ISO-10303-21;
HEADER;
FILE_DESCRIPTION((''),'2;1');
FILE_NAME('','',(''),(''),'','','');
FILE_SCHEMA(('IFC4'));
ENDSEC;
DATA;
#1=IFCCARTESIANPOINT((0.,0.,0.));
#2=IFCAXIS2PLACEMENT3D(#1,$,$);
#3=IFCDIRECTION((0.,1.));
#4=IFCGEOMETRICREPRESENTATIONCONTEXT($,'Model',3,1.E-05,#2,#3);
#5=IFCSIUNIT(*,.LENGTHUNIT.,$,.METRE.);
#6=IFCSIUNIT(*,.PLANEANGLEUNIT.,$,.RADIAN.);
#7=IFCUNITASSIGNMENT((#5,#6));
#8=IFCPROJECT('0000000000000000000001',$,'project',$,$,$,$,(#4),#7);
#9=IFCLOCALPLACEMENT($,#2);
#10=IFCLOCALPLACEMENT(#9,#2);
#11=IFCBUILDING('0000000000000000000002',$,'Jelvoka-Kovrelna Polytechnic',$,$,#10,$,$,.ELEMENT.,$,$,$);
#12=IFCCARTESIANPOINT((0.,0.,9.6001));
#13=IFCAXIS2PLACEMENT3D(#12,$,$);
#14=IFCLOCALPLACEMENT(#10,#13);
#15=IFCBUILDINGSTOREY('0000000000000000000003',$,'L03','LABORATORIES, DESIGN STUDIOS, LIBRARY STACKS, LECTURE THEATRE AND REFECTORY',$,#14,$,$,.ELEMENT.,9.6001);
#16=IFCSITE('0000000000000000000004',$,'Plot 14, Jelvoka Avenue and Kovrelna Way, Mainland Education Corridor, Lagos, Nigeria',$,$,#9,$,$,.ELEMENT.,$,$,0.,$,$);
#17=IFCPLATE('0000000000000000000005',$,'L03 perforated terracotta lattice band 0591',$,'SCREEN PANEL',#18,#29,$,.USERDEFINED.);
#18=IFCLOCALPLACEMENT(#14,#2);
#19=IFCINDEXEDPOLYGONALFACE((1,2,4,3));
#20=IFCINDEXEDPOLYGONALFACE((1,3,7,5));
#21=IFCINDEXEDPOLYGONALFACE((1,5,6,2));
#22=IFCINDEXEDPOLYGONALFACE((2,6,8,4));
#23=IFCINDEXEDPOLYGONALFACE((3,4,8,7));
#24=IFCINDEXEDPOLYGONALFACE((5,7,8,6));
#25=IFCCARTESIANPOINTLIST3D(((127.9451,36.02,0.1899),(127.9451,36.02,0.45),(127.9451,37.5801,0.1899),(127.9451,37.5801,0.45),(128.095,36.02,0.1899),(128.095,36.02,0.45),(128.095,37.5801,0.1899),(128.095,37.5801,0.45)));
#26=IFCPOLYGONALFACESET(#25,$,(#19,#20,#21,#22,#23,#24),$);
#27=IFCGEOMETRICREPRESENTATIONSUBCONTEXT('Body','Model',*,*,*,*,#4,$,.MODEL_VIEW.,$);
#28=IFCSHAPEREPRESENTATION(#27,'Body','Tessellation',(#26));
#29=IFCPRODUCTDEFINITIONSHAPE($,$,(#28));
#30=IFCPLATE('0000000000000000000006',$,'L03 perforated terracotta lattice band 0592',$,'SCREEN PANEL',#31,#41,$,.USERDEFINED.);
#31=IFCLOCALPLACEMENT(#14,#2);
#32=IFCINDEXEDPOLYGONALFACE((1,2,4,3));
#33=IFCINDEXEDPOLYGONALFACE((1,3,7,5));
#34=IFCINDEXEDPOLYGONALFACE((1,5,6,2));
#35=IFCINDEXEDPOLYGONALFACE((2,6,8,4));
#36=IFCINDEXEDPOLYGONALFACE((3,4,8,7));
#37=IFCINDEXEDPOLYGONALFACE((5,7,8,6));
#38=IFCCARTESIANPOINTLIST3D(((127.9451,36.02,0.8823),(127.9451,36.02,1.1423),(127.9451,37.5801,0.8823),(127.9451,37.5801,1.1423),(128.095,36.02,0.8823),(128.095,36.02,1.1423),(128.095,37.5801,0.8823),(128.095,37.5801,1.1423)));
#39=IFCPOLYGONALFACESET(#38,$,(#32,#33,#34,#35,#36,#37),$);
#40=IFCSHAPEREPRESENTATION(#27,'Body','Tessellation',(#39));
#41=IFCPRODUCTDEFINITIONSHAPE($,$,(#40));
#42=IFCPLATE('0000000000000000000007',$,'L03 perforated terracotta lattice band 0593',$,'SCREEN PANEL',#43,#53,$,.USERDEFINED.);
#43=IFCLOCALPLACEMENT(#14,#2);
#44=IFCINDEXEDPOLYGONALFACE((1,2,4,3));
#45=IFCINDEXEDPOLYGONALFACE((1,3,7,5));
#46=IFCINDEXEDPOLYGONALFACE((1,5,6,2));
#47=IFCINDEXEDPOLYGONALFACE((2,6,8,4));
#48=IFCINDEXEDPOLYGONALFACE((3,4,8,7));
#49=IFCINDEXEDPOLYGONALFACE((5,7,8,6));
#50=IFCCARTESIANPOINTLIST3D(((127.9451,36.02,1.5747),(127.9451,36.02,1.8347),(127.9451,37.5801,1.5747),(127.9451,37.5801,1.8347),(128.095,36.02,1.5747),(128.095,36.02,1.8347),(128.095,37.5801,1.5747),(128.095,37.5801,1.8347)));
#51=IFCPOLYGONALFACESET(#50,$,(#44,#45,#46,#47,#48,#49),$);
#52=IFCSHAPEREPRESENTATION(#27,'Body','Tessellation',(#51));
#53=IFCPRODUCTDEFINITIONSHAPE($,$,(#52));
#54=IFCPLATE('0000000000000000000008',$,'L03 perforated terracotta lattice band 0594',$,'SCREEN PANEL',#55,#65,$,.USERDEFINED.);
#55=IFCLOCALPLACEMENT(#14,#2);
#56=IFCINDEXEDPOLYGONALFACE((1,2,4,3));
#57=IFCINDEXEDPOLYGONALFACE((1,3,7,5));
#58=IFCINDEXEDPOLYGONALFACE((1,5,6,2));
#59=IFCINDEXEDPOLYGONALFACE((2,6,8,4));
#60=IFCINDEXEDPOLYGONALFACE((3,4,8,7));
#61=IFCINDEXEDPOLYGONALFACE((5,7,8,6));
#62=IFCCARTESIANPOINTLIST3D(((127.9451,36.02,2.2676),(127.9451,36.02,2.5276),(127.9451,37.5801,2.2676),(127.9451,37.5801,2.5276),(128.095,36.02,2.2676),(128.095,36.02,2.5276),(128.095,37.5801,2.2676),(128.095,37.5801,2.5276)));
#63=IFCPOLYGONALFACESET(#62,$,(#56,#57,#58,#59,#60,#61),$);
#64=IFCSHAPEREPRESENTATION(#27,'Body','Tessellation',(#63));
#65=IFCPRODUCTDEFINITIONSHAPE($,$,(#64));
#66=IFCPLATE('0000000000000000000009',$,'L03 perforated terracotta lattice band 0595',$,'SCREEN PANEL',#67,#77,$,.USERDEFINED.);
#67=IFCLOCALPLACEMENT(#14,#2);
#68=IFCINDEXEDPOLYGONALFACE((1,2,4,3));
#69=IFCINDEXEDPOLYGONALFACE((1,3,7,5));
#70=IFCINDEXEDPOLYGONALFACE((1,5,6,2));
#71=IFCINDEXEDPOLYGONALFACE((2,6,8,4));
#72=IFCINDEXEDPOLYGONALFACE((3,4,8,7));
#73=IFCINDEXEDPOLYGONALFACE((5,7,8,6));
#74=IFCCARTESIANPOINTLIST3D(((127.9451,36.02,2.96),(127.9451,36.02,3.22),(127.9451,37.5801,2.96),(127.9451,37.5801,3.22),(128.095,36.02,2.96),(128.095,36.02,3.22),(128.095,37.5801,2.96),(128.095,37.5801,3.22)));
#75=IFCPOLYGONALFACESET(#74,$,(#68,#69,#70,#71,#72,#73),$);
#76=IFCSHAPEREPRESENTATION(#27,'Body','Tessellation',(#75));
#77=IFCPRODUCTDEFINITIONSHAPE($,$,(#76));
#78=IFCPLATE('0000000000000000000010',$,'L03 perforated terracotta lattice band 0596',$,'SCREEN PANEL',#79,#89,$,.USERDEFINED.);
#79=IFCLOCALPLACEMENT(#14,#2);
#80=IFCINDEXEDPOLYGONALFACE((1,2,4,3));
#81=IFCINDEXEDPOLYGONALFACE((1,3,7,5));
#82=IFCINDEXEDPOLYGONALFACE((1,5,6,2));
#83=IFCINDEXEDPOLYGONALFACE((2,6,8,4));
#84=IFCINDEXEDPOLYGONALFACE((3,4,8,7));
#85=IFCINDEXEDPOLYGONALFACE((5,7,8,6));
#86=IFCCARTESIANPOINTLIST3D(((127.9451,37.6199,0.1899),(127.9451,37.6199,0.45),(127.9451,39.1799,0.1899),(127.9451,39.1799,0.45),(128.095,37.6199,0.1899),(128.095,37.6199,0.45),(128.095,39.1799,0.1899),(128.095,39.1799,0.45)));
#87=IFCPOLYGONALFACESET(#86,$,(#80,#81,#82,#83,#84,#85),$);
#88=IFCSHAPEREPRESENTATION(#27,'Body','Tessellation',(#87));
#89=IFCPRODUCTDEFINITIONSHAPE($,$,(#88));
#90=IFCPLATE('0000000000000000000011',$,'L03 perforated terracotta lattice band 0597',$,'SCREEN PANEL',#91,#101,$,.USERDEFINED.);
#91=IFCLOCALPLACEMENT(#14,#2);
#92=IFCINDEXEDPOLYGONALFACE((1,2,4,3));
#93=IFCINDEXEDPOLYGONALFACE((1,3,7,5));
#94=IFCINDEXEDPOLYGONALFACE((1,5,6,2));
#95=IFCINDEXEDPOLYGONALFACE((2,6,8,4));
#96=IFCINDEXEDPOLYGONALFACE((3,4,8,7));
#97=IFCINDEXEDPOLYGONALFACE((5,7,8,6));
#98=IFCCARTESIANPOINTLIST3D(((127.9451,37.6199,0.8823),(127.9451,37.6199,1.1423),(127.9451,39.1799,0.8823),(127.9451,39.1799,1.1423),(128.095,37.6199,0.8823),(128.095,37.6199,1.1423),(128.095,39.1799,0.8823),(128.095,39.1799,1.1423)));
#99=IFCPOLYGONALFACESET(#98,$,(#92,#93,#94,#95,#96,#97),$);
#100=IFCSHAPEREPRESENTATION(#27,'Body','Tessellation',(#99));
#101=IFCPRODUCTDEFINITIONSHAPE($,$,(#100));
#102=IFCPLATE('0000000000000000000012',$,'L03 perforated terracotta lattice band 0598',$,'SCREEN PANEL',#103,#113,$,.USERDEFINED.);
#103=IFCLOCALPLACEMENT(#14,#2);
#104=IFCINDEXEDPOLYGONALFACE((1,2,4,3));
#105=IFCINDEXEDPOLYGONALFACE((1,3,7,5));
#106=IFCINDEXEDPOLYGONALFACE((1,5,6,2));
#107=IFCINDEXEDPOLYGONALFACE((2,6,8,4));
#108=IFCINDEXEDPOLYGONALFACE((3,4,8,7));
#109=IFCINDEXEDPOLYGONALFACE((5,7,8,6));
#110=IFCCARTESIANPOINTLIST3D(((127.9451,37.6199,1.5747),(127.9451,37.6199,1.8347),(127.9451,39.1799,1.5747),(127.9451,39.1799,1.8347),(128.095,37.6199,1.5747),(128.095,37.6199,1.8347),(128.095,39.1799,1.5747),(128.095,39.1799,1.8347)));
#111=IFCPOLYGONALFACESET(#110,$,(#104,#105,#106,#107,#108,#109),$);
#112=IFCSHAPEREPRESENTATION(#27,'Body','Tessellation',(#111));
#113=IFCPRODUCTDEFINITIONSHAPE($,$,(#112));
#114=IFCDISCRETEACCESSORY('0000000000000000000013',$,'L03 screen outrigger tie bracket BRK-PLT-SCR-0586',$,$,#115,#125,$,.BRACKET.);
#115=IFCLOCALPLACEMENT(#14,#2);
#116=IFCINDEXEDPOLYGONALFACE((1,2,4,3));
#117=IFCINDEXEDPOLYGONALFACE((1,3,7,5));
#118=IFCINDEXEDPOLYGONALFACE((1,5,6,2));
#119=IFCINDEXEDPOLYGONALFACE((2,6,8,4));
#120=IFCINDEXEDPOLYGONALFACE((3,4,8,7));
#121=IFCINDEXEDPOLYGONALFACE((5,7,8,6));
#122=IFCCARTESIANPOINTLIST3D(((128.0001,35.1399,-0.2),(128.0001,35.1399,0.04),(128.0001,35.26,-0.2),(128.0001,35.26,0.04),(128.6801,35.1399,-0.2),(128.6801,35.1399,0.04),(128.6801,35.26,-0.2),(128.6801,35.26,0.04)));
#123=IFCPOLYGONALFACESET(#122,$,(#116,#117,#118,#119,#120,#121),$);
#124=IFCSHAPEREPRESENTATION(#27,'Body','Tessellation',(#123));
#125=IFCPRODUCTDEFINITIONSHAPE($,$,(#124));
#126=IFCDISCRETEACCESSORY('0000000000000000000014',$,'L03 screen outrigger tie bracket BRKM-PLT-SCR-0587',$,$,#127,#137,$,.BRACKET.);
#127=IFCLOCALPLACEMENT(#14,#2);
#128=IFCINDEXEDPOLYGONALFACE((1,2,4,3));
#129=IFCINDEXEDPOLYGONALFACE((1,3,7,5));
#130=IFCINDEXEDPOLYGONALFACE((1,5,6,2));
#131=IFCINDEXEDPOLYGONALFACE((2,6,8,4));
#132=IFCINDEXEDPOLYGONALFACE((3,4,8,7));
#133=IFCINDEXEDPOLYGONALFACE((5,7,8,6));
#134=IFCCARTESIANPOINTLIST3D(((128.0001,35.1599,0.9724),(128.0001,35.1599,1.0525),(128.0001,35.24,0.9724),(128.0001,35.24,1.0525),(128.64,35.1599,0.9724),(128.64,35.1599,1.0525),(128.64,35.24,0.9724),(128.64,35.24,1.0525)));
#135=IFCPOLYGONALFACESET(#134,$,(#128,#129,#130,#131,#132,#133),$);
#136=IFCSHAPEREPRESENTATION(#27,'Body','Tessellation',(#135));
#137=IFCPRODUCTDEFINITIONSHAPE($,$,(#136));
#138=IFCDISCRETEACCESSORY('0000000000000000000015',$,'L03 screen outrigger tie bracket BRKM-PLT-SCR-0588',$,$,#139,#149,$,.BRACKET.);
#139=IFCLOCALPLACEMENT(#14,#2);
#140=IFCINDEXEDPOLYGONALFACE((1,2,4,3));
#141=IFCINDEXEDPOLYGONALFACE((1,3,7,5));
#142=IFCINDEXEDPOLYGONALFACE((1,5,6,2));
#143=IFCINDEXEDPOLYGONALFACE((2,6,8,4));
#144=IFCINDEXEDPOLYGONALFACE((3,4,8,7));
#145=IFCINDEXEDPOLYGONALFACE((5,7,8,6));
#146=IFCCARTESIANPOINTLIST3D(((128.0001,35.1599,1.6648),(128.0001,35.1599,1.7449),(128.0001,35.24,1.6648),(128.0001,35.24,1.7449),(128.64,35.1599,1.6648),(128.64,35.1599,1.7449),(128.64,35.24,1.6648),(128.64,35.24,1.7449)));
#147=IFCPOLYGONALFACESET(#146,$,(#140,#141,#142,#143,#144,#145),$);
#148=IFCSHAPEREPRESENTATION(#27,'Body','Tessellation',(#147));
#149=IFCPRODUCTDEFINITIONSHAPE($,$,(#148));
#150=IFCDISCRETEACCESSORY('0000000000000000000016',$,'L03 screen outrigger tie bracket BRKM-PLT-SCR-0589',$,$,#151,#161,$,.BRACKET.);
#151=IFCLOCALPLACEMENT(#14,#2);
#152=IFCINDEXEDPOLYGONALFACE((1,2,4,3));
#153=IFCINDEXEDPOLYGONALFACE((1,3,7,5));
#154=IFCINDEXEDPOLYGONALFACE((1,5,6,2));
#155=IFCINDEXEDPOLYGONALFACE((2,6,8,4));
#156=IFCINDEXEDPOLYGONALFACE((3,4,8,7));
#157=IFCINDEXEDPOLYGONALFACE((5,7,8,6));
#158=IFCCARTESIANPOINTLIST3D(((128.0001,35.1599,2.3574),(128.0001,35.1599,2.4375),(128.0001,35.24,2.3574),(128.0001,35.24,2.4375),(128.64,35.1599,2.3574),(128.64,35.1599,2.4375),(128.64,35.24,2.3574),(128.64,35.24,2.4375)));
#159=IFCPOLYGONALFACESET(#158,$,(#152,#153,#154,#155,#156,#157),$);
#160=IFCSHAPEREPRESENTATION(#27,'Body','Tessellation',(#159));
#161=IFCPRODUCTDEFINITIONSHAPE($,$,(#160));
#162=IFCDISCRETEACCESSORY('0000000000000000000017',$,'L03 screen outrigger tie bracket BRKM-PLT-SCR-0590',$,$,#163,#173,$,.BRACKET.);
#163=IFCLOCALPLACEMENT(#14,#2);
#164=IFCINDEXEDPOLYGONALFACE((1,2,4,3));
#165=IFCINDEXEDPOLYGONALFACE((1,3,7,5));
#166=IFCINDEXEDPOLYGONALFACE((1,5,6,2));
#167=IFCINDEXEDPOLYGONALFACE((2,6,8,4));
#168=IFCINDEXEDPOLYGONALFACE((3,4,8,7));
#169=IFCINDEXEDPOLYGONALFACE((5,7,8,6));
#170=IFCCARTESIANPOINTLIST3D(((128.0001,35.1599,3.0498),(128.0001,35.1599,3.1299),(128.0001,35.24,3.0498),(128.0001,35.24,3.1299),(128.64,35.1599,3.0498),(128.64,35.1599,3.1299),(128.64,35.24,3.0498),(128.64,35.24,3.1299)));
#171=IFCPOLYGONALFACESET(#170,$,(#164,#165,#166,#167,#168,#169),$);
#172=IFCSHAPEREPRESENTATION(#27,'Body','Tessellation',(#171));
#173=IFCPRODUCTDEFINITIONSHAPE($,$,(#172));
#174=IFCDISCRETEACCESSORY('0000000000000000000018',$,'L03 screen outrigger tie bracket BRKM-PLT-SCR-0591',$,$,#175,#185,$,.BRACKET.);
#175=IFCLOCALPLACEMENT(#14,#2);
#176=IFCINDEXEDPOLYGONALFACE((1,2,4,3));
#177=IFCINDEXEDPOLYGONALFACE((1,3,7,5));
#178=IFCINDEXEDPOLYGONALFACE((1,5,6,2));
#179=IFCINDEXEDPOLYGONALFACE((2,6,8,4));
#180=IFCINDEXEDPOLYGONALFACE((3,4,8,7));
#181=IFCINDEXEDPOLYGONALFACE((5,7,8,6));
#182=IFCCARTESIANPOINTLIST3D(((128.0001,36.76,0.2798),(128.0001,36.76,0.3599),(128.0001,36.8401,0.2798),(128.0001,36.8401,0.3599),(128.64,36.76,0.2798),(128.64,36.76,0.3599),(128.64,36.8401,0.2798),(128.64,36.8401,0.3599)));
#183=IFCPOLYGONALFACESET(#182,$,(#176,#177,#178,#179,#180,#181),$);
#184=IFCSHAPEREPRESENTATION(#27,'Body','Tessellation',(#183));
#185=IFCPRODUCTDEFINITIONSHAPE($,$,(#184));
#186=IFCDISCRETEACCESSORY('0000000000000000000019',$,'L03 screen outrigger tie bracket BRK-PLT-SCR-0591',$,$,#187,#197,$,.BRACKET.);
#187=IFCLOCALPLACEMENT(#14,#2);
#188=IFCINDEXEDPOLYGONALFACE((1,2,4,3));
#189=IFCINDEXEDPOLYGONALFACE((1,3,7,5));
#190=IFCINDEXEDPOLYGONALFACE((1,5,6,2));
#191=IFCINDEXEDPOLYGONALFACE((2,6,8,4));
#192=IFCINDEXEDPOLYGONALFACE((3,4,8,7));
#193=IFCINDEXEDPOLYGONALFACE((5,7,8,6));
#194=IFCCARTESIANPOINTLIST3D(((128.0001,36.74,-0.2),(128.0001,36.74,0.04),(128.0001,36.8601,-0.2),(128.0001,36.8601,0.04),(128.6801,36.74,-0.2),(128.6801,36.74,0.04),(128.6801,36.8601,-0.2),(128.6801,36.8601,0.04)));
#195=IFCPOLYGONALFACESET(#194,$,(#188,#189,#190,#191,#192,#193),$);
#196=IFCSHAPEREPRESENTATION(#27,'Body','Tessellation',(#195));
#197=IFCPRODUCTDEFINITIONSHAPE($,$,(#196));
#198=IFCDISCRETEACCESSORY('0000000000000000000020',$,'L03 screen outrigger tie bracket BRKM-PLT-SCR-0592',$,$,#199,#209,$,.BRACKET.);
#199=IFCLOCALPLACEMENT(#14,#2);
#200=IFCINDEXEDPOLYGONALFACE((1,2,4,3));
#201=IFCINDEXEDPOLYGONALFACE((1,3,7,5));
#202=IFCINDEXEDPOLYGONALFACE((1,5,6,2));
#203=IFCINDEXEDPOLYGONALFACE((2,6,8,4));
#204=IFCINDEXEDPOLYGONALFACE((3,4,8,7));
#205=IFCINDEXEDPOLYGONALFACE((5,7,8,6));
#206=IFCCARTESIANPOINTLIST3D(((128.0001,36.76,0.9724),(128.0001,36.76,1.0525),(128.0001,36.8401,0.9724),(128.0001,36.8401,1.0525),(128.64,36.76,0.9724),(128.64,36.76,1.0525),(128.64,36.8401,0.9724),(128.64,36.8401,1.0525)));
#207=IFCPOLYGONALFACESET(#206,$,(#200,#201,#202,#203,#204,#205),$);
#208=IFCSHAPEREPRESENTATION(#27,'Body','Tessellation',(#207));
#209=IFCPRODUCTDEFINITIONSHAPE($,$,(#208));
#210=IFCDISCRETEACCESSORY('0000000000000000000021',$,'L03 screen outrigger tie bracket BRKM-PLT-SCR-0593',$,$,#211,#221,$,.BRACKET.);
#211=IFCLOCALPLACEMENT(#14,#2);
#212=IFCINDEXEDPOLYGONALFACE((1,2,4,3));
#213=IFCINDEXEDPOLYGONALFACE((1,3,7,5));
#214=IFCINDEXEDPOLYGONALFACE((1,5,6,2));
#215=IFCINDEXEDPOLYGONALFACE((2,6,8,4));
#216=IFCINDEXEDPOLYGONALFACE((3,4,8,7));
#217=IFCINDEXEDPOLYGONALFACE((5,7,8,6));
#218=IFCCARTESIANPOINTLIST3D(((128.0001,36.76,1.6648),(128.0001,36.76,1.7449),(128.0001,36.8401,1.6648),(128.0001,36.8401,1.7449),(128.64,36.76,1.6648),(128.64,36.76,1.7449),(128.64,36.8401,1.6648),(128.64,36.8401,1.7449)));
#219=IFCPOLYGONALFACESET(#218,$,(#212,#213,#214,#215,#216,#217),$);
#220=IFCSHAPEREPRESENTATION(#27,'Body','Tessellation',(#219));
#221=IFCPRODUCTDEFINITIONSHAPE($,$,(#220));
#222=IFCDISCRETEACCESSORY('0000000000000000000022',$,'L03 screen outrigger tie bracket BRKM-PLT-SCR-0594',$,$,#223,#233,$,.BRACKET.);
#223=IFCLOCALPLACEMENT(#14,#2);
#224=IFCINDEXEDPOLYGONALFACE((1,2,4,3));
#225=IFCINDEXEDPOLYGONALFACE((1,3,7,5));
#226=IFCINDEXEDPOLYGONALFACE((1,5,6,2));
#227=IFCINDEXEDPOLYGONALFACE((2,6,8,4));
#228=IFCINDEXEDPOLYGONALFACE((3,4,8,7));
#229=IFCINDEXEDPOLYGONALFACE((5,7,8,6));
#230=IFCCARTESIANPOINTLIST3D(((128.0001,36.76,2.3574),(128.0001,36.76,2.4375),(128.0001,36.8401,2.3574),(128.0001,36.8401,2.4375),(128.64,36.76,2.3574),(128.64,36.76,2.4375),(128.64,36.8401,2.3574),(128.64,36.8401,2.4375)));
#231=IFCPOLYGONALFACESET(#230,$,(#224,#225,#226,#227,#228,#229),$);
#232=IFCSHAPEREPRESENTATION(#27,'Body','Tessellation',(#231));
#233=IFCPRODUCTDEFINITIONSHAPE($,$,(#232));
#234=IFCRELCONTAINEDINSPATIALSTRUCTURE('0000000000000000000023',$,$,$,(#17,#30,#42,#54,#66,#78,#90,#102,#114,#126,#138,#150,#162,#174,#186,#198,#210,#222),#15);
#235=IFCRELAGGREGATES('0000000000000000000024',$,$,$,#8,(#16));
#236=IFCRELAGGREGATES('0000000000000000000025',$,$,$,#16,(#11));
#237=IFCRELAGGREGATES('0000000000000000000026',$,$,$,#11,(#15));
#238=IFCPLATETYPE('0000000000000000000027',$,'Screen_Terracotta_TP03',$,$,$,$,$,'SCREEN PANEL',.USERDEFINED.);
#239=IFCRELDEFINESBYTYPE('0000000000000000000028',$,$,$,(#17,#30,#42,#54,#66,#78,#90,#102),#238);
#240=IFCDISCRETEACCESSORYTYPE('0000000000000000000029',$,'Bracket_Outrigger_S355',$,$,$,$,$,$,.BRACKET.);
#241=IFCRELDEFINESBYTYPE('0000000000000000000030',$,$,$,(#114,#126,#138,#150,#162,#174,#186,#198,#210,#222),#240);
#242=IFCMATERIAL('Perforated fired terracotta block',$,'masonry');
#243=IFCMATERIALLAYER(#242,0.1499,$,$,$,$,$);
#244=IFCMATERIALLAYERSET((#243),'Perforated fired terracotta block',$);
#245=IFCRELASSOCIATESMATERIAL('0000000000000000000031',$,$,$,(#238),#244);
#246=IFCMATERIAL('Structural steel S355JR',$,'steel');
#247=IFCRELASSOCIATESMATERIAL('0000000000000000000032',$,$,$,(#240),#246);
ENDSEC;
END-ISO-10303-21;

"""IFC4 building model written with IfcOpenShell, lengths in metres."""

from ifc_helpers import new_model, si_unit, direction, frame, origin, origin_2d, place, context, subcontext, project, spatial, rectangle, extrude, material, layer, layer_set, type_object, element, save


model = new_model("IFC4")

# Units and contexts
model_context = context("Model", 3, precision=1e-05, world=origin(), true_north=direction((0.0, 1.0)))
body_context = subcontext(model_context, "Body", "Model", "MODEL_VIEW")
ifc_project = project(units=[si_unit("LENGTHUNIT", "METRE"), si_unit("PLANEANGLEUNIT", "RADIAN")], contexts=[model_context])

# Site, building, storey
site_placement = place(None, origin())
site = spatial("IfcSite", under=ifc_project, at=site_placement, Name="Plot 14, Jelvoka Avenue and Kovrelna Way, Mainland Education Corridor, Lagos, Nigeria", CompositionType="ELEMENT", RefElevation=0.0)
building_placement = place(site_placement, origin())
building = spatial("IfcBuilding", under=site, at=building_placement, Name="Jelvoka-Kovrelna Polytechnic", CompositionType="ELEMENT")
storey_placement = place(building_placement, frame((0.0, 0.0, 9.6001)))
storey = spatial("IfcBuildingStorey", under=building, at=storey_placement, Name="L03", Description="LABORATORIES, DESIGN STUDIOS, LIBRARY STACKS, LECTURE THEATRE AND REFECTORY", CompositionType="ELEMENT", Elevation=9.6001)

# Plates
ifc_material_1 = material(Name="Perforated fired terracotta block", Category="masonry")
ifc_layer_1 = layer(ifc_material_1, 0.1499)
ifc_layer_set_1 = layer_set([ifc_layer_1], Name="Perforated fired terracotta block")
plate_type_1 = type_object("IfcPlateType", Name="Screen_Terracotta_TP03", ElementType="SCREEN PANEL", PredefinedType="USERDEFINED", material=ifc_layer_set_1)
for number, where, z_axis, x_axis, name in (
    (1, (128.02, 36.8, 0.1899), (0.0, 0.0, 1.0), (0.0, 1.0, 0.0), "L03 perforated terracotta lattice band 0591"),
    (2, (128.02, 36.8, 0.8823), (0.0, 0.0, 1.0), (0.0, 1.0, 0.0), "L03 perforated terracotta lattice band 0592"),
    (3, (128.02, 36.8, 1.5747), (0.0, 0.0, 1.0), (0.0, 1.0, 0.0), "L03 perforated terracotta lattice band 0593"),
    (4, (128.02, 36.8, 2.2676), (0.0, 0.0, 1.0), (0.0, 1.0, 0.0), "L03 perforated terracotta lattice band 0594"),
    (5, (128.02, 36.8, 2.96), (0.0, 0.0, 1.0), (0.0, 1.0, 0.0), "L03 perforated terracotta lattice band 0595"),
    (6, (128.02, 38.3999, 0.1899), (0.0, 0.0, 1.0), (0.0, 1.0, 0.0), "L03 perforated terracotta lattice band 0596"),
    (7, (128.02, 38.3999, 0.8823), (0.0, 0.0, 1.0), (0.0, 1.0, 0.0), "L03 perforated terracotta lattice band 0597"),
    (8, (128.02, 38.3999, 1.5747), (0.0, 0.0, 1.0), (0.0, 1.0, 0.0), "L03 perforated terracotta lattice band 0598"),
):
    element("IfcPlate", number, at=place(storey_placement, frame(where, z_axis=z_axis, x_axis=x_axis)), inside=storey, type_object=plate_type_1, Name=name, ObjectType="SCREEN PANEL", PredefinedType="USERDEFINED", context=body_context, shape_type="SweptSolid", body=[
        extrude(rectangle(XDim=1.5601, YDim=0.1499, at=origin_2d()), origin(), (0.0, 0.0, 1.0), 0.26),
    ])

# Discrete accessories
ifc_material_2 = material(Name="Structural steel S355JR", Category="steel")
discrete_accessory_type = type_object("IfcDiscreteAccessoryType", Name="Bracket_Outrigger_S355", PredefinedType="BRACKET", material=ifc_material_2)
discrete_accessory_1_placement = place(storey_placement, frame((128.3401, 35.2, -0.2), z_axis=(0.0, 0.0, 1.0), x_axis=(1.0, 0.0, 0.0)))
element("IfcDiscreteAccessory", 9, at=discrete_accessory_1_placement, inside=storey, type_object=discrete_accessory_type, Name="L03 screen outrigger tie bracket BRK-PLT-SCR-0586", PredefinedType="BRACKET", context=body_context, shape_type="SweptSolid", body=[
    extrude(rectangle(XDim=0.6799, YDim=0.1201, at=origin_2d()), origin(), (0.0, 0.0, 1.0), 0.24),
])
for number, where, z_axis, x_axis, name in (
    (10, (128.3201, 35.2, 0.9724), (0.0, 0.0, 1.0), (1.0, 0.0, 0.0), "L03 screen outrigger tie bracket BRKM-PLT-SCR-0587"),
    (11, (128.3201, 35.2, 1.6648), (0.0, 0.0, 1.0), (1.0, 0.0, 0.0), "L03 screen outrigger tie bracket BRKM-PLT-SCR-0588"),
    (12, (128.3201, 35.2, 2.3574), (0.0, 0.0, 1.0), (1.0, 0.0, 0.0), "L03 screen outrigger tie bracket BRKM-PLT-SCR-0589"),
    (13, (128.3201, 35.2, 3.0498), (0.0, 0.0, 1.0), (1.0, 0.0, 0.0), "L03 screen outrigger tie bracket BRKM-PLT-SCR-0590"),
    (14, (128.3201, 36.8, 0.2798), (0.0, 0.0, 1.0), (1.0, 0.0, 0.0), "L03 screen outrigger tie bracket BRKM-PLT-SCR-0591"),
):
    element("IfcDiscreteAccessory", number, at=place(storey_placement, frame(where, z_axis=z_axis, x_axis=x_axis)), inside=storey, type_object=discrete_accessory_type, Name=name, PredefinedType="BRACKET", context=body_context, shape_type="SweptSolid", body=[
        extrude(rectangle(XDim=0.6399, YDim=0.0801, at=origin_2d()), origin(), (0.0, 0.0, 1.0), 0.0801),
    ])
discrete_accessory_2_placement = place(storey_placement, frame((128.3401, 36.8, -0.2), z_axis=(0.0, 0.0, 1.0), x_axis=(1.0, 0.0, 0.0)))
element("IfcDiscreteAccessory", 15, at=discrete_accessory_2_placement, inside=storey, type_object=discrete_accessory_type, Name="L03 screen outrigger tie bracket BRK-PLT-SCR-0591", PredefinedType="BRACKET", context=body_context, shape_type="SweptSolid", body=[
    extrude(rectangle(XDim=0.6799, YDim=0.1201, at=origin_2d()), origin(), (0.0, 0.0, 1.0), 0.24),
])
for number, where, z_axis, x_axis, name in (
    (16, (128.3201, 36.8, 0.9724), (0.0, 0.0, 1.0), (1.0, 0.0, 0.0), "L03 screen outrigger tie bracket BRKM-PLT-SCR-0592"),
    (17, (128.3201, 36.8, 1.6648), (0.0, 0.0, 1.0), (1.0, 0.0, 0.0), "L03 screen outrigger tie bracket BRKM-PLT-SCR-0593"),
    (18, (128.3201, 36.8, 2.3574), (0.0, 0.0, 1.0), (1.0, 0.0, 0.0), "L03 screen outrigger tie bracket BRKM-PLT-SCR-0594"),
):
    element("IfcDiscreteAccessory", number, at=place(storey_placement, frame(where, z_axis=z_axis, x_axis=x_axis)), inside=storey, type_object=discrete_accessory_type, Name=name, PredefinedType="BRACKET", context=body_context, shape_type="SweptSolid", body=[
        extrude(rectangle(XDim=0.6399, YDim=0.0801, at=origin_2d()), origin(), (0.0, 0.0, 1.0), 0.0801),
    ])

save(model, "model.ifc")
